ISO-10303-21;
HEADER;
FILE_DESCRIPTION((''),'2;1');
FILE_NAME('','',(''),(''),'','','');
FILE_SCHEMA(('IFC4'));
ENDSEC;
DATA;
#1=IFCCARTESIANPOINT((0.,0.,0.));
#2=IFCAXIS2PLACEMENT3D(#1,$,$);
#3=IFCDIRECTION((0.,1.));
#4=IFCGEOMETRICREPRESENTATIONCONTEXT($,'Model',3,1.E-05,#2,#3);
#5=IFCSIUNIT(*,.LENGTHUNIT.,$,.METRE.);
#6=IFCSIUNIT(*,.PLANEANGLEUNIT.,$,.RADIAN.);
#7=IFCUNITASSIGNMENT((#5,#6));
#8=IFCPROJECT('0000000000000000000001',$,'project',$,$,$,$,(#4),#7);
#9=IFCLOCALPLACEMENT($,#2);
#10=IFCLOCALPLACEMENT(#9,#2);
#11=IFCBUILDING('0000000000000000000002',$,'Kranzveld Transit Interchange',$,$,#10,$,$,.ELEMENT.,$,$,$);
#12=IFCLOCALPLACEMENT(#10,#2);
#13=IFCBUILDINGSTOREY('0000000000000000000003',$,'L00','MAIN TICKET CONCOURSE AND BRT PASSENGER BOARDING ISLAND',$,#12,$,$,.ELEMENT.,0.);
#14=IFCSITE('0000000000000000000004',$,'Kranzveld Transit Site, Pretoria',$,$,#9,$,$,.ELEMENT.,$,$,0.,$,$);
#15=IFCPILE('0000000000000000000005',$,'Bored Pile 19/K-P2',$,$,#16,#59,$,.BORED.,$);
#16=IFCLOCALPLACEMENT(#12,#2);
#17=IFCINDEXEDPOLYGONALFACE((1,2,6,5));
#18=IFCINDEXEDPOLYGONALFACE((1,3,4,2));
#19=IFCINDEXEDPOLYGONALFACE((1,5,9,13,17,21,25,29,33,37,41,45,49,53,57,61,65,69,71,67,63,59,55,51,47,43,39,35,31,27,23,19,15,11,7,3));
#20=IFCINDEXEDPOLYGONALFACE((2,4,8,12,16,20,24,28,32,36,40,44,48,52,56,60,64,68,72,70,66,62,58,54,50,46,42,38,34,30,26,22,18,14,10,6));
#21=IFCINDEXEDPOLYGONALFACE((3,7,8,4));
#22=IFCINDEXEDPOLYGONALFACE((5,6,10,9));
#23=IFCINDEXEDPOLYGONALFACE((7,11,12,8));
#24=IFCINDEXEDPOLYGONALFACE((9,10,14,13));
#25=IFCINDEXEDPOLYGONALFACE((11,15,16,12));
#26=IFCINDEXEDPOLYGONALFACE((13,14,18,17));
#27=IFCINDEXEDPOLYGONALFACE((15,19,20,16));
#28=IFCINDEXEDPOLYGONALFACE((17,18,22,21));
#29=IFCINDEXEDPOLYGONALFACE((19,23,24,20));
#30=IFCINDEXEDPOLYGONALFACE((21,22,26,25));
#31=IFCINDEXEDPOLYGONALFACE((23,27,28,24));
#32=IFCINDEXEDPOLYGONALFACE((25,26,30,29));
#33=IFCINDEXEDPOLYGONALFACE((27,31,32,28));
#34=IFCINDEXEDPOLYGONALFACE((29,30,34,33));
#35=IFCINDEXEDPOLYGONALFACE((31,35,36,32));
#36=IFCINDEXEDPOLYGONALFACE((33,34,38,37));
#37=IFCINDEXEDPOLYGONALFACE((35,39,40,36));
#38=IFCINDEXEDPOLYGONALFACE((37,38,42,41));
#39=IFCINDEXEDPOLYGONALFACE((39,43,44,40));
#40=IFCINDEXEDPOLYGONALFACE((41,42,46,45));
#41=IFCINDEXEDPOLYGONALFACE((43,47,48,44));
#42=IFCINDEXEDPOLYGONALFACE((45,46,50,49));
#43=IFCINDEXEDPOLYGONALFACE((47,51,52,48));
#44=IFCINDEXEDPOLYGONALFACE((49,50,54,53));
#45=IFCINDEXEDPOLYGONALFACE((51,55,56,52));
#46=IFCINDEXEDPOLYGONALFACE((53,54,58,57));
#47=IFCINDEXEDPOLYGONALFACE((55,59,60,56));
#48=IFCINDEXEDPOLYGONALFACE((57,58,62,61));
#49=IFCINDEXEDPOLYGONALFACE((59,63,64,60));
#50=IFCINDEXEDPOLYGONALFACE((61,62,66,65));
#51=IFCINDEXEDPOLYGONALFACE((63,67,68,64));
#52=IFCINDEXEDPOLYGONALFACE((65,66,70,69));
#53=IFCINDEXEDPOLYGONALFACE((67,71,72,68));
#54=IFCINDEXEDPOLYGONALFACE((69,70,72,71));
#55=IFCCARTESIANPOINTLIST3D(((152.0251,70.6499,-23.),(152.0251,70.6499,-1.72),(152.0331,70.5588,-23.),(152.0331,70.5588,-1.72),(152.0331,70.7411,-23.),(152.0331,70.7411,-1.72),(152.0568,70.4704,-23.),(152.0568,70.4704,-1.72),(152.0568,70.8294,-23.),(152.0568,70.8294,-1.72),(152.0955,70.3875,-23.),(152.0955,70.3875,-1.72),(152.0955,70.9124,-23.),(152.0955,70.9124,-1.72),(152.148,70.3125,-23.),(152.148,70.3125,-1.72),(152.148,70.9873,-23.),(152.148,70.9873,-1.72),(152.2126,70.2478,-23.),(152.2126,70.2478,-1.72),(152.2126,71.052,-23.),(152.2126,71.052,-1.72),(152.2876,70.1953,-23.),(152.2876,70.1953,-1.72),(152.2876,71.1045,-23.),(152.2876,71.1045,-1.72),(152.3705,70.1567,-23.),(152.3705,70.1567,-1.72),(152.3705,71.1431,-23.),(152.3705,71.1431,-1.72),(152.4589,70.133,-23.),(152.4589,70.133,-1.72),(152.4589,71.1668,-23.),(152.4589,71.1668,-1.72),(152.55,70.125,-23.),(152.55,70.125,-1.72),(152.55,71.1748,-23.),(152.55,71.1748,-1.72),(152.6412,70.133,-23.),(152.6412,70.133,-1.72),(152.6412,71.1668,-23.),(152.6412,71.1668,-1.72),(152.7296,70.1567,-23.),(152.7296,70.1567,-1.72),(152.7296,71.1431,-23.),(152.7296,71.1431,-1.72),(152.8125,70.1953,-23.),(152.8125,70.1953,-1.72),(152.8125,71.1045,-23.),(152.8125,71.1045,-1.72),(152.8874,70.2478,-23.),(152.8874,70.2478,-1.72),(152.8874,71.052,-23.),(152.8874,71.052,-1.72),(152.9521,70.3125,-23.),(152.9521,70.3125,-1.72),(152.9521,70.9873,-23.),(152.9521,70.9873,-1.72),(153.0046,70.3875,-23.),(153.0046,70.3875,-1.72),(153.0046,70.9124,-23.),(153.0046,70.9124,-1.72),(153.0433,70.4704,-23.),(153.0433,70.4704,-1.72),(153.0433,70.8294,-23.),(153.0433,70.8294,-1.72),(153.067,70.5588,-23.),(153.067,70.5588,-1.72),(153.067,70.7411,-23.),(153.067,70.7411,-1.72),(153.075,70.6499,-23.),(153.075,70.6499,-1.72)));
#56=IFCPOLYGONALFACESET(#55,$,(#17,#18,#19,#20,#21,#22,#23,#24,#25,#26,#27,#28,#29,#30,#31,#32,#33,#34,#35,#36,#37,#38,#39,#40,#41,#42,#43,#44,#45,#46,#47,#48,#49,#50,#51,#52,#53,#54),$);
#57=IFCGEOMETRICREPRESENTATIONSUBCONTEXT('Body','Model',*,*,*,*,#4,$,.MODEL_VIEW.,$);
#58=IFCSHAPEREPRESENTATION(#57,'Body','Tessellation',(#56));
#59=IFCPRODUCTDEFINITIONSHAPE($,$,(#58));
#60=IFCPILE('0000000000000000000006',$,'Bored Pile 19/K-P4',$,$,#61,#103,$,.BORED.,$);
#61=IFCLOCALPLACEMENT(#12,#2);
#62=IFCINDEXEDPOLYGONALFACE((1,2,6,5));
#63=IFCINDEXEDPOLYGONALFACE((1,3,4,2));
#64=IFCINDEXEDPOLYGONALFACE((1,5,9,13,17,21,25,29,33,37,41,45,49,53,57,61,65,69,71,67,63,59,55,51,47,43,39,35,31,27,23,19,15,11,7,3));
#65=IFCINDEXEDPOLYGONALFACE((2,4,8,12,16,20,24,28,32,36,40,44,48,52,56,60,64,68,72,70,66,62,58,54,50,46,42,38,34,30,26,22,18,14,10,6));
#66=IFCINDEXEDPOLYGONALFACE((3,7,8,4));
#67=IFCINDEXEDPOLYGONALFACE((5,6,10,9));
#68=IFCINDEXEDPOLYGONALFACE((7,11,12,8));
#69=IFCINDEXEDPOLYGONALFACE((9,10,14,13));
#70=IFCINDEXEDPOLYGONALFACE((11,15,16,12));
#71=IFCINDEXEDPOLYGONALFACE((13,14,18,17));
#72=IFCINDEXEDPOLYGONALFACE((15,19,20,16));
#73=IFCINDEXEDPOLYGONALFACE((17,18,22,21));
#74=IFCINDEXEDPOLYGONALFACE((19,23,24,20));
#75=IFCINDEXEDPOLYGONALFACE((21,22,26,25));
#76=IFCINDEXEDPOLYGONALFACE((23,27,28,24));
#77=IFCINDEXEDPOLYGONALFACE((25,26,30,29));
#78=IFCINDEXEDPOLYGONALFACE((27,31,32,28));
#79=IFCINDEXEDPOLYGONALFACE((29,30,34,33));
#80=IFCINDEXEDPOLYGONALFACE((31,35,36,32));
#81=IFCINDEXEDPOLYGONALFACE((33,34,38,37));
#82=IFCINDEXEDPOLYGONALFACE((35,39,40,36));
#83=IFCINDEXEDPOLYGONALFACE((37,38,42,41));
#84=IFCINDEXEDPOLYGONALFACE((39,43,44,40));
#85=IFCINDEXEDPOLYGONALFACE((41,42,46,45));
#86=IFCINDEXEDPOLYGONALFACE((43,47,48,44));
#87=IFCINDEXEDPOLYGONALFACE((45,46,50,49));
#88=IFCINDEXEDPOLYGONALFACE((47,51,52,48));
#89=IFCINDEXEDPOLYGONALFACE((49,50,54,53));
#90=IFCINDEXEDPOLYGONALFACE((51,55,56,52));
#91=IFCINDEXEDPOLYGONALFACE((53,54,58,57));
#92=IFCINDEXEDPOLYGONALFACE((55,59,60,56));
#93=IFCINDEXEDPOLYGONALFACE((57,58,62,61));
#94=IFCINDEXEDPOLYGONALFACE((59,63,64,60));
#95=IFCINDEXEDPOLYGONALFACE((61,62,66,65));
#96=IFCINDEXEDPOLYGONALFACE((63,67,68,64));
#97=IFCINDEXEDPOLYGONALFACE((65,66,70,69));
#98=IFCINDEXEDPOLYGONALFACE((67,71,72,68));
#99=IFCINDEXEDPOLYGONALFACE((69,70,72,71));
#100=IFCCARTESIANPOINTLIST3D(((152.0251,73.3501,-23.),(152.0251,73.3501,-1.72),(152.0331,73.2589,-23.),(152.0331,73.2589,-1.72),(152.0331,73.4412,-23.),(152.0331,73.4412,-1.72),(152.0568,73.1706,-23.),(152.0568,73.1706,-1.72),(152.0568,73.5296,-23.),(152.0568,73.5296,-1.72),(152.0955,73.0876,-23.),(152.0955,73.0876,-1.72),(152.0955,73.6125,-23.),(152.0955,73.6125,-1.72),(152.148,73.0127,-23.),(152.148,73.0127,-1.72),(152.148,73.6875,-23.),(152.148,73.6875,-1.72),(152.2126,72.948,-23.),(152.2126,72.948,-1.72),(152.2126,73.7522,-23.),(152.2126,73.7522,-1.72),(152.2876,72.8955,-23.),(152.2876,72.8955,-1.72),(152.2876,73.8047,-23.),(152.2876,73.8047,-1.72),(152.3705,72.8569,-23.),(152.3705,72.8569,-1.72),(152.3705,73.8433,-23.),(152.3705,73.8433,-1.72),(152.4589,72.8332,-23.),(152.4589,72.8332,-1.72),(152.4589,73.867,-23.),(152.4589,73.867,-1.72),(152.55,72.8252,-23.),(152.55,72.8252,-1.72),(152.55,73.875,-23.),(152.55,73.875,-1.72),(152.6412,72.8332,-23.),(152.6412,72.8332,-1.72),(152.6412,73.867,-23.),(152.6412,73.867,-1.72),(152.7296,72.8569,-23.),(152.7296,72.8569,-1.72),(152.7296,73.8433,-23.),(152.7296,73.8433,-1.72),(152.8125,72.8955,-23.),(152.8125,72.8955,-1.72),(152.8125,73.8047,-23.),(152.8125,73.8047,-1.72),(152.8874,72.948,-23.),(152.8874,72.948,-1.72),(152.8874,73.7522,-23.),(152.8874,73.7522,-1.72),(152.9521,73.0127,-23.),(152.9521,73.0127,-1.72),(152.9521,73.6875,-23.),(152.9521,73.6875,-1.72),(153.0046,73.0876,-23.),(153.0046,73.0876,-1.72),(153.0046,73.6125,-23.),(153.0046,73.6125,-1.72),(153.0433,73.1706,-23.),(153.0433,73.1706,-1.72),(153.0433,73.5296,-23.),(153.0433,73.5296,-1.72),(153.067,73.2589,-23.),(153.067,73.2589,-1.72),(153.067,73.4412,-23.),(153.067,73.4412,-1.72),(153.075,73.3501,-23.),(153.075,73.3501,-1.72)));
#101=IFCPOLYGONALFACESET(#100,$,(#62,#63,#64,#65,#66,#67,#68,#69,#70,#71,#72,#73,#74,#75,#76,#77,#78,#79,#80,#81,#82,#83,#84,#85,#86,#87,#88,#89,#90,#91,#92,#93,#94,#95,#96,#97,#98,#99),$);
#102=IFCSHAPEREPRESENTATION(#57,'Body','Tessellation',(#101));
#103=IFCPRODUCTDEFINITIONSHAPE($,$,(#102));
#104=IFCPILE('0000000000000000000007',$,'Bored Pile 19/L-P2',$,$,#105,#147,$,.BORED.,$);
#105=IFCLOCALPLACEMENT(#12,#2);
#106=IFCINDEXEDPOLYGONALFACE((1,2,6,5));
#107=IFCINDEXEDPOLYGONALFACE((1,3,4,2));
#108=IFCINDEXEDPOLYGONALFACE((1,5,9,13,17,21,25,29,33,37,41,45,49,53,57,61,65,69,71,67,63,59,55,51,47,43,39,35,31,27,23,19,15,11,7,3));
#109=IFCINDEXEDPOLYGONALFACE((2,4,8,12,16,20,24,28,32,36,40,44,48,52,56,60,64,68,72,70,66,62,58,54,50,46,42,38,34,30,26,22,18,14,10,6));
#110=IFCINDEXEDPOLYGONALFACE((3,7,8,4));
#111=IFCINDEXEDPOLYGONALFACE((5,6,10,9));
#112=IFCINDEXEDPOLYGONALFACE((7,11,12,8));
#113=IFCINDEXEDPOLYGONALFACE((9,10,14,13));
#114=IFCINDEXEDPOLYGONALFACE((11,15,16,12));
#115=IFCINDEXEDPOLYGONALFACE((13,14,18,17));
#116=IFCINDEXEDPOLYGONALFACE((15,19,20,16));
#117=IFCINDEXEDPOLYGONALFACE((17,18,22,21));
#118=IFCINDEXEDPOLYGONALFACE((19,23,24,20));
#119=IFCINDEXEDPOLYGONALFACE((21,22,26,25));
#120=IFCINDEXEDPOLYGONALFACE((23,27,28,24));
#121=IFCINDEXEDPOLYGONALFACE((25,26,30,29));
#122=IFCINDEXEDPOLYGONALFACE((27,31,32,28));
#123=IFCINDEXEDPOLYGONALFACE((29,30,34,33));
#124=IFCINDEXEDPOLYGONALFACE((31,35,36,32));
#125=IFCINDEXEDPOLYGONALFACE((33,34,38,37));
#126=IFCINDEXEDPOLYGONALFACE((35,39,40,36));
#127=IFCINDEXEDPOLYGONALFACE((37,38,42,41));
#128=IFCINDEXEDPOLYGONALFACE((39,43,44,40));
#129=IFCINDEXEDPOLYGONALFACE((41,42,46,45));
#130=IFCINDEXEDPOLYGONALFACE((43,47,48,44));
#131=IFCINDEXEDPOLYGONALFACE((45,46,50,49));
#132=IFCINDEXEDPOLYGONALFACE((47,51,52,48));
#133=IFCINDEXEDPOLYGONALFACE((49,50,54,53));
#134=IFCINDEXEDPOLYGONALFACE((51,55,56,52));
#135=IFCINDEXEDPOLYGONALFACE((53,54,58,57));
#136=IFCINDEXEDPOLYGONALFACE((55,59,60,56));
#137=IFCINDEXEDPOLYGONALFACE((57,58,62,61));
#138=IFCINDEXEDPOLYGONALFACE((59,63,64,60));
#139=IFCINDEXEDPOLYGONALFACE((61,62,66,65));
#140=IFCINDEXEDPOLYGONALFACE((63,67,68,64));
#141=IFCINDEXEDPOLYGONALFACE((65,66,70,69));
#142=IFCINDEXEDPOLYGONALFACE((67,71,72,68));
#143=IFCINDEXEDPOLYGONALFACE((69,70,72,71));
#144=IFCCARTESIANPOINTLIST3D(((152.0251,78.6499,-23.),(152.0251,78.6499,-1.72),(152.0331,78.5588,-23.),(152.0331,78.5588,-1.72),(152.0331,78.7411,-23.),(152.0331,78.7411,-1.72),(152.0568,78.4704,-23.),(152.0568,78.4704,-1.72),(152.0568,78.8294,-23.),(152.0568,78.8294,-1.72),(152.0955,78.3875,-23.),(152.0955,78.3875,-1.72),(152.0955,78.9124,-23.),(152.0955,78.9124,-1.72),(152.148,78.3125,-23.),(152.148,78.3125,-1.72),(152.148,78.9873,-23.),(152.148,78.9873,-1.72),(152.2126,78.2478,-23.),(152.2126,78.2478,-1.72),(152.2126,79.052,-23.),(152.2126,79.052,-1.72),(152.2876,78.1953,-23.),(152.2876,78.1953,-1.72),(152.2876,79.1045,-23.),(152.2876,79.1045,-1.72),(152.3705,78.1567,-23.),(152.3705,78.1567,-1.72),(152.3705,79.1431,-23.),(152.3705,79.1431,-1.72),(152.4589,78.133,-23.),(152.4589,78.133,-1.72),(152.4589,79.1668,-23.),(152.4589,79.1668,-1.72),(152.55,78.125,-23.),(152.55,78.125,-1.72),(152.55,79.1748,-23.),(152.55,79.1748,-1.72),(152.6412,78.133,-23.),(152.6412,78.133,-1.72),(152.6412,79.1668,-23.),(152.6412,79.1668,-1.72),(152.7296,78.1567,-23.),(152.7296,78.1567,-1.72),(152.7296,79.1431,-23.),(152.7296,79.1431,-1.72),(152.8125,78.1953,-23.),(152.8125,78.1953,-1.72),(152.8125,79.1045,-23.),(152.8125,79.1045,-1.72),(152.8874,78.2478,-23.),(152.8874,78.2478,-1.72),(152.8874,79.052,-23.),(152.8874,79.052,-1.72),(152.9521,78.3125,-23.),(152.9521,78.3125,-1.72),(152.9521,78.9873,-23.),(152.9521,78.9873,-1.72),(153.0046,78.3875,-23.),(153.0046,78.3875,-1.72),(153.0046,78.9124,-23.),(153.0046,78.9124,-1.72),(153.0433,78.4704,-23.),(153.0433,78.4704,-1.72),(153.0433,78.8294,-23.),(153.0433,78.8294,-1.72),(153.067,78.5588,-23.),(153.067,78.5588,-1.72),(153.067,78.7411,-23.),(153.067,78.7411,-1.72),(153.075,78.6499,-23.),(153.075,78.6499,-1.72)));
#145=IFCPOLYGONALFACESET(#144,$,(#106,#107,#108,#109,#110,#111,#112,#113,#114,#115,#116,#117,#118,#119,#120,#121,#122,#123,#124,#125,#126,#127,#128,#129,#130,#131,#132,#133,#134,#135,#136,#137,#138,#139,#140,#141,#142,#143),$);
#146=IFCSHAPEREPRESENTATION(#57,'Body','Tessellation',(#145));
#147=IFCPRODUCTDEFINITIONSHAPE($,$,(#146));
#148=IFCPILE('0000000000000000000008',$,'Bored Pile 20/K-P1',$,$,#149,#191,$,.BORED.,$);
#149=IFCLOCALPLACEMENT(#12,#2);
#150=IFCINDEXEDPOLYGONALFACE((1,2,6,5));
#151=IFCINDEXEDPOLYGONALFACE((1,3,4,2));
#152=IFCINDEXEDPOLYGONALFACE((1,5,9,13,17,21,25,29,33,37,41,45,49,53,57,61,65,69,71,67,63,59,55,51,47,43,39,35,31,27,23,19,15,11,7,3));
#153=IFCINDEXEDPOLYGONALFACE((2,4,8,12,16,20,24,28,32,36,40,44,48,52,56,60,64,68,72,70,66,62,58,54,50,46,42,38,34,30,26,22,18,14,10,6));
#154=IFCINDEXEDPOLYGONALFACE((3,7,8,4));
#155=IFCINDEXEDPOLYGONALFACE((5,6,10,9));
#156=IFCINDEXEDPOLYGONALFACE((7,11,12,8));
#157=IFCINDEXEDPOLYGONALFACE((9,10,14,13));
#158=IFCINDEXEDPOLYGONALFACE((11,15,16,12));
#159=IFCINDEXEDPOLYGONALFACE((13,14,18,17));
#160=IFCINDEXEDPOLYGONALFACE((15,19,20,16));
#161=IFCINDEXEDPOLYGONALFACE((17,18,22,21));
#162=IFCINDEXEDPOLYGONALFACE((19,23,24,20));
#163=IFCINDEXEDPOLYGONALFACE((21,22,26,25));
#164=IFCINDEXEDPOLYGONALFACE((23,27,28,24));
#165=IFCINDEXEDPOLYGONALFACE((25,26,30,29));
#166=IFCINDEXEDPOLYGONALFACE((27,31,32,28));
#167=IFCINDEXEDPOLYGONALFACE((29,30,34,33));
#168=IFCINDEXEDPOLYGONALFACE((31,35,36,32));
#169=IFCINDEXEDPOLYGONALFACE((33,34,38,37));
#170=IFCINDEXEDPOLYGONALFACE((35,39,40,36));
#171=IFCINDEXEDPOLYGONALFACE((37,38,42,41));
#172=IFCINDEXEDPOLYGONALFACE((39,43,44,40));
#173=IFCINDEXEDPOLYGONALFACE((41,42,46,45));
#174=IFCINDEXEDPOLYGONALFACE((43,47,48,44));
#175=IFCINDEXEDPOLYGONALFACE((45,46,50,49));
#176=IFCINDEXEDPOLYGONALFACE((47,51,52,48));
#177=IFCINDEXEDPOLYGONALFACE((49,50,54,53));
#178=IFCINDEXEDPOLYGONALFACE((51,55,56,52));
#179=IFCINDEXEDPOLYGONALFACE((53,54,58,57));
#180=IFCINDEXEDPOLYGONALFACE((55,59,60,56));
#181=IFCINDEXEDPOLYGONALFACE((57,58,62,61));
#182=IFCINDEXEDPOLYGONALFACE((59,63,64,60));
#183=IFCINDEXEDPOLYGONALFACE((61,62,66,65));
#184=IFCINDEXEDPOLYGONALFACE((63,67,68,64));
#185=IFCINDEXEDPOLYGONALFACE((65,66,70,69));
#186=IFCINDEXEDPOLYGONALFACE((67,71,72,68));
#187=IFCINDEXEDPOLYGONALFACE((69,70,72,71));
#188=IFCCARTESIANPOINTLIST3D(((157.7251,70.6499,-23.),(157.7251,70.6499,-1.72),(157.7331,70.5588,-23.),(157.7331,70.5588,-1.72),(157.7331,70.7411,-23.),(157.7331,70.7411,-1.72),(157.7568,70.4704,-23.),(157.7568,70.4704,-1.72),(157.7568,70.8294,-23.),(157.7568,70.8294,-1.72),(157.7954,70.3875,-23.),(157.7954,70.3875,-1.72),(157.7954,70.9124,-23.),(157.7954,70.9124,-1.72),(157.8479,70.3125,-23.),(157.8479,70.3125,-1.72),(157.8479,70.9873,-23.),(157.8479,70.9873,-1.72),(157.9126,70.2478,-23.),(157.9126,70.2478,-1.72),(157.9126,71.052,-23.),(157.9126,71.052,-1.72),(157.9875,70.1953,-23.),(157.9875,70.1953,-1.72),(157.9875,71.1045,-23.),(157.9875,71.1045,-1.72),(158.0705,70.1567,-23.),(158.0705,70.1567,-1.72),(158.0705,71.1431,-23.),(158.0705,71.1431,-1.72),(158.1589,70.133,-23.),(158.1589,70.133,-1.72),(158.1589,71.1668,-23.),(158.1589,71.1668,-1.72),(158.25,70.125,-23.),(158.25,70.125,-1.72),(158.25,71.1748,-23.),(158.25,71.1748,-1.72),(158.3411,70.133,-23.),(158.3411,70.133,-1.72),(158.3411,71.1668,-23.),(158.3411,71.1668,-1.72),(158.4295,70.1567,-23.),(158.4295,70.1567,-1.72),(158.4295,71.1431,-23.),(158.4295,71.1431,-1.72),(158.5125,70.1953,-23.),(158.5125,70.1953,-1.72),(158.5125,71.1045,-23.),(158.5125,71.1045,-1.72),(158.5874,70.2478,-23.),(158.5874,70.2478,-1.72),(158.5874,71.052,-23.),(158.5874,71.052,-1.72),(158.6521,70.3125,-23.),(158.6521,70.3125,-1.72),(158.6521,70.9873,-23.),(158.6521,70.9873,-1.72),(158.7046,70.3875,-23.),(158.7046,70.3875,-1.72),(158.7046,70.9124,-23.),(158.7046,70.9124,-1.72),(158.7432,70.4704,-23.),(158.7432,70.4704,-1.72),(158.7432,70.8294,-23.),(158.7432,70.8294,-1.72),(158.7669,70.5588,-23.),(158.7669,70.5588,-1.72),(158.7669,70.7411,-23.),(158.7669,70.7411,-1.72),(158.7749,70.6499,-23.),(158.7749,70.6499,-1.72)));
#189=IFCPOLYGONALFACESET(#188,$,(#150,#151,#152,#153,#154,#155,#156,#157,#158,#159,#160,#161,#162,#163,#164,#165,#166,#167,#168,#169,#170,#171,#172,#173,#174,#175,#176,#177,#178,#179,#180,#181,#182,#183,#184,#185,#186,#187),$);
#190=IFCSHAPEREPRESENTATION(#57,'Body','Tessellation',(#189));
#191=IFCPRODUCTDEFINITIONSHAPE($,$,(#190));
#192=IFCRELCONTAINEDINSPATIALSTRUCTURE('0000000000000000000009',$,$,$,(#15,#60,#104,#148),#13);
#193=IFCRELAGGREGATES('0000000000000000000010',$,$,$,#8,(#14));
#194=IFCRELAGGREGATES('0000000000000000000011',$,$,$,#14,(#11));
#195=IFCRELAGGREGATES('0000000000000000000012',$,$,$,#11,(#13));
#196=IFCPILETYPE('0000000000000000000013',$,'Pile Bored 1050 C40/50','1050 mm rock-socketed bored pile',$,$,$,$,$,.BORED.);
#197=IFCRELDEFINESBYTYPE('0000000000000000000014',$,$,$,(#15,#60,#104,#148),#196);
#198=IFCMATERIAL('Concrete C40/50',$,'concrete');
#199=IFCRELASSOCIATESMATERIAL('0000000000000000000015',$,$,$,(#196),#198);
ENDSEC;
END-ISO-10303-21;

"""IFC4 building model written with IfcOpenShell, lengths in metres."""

from ifc_helpers import new_model, si_unit, direction, frame, origin, origin_2d, place, context, subcontext, project, spatial, circle, extrude, material, material_profile, profile_set, type_object, element, save


model = new_model("IFC4")

# Units and contexts
model_context = context("Model", 3, precision=1e-05, world=origin(), true_north=direction((0.0, 1.0)))
body_context = subcontext(model_context, "Body", "Model", "MODEL_VIEW")
ifc_project = project(units=[si_unit("LENGTHUNIT", "METRE"), si_unit("PLANEANGLEUNIT", "RADIAN")], contexts=[model_context])

# Site, building, storey
site_placement = place(None, origin())
site = spatial("IfcSite", under=ifc_project, at=site_placement, Name="Kranzveld Transit Site, Pretoria", CompositionType="ELEMENT", RefElevation=0.0)
building_placement = place(site_placement, origin())
building = spatial("IfcBuilding", under=site, at=building_placement, Name="Kranzveld Transit Interchange", CompositionType="ELEMENT")
storey_placement = place(building_placement, origin())
storey = spatial("IfcBuildingStorey", under=building, at=storey_placement, Name="L00", Description="MAIN TICKET CONCOURSE AND BRT PASSENGER BOARDING ISLAND", CompositionType="ELEMENT", Elevation=0.0)

# Piles
ifc_material_1 = material(Name="Concrete C40/50", Category="concrete")
ifc_material_profile_1 = material_profile(ifc_material_1, circle(Radius=0.5249, at=origin_2d()), Name="BORED PILE 1050")
ifc_profile_set_1 = profile_set([ifc_material_profile_1], Name="Concrete C40/50")
pile_type = type_object("IfcPileType", Name="Pile Bored 1050 C40/50", Description="1050 mm rock-socketed bored pile", PredefinedType="BORED", material=ifc_profile_set_1)
for number, where, z_axis, x_axis, name in (
    (1, (152.55, 70.6499, -1.72), (0.0, 0.0, -1.0), (1.0, 0.0, 0.0), "Bored Pile 19/K-P2"),
    (2, (152.55, 73.3501, -1.72), (0.0, 0.0, -1.0), (1.0, 0.0, 0.0), "Bored Pile 19/K-P4"),
    (3, (152.55, 78.6499, -1.72), (0.0, 0.0, -1.0), (1.0, 0.0, 0.0), "Bored Pile 19/L-P2"),
    (4, (158.25, 70.6499, -1.72), (0.0, 0.0, -1.0), (1.0, 0.0, 0.0), "Bored Pile 20/K-P1"),
):
    element("IfcPile", number, at=place(storey_placement, frame(where, z_axis=z_axis, x_axis=x_axis)), inside=storey, type_object=pile_type, Name=name, PredefinedType="BORED", context=body_context, shape_type="SweptSolid", body=[
        extrude(circle(Radius=0.5249, at=origin_2d()), origin(), (0.0, 0.0, 1.0), 21.28),
    ])

save(model, "model.ifc")
